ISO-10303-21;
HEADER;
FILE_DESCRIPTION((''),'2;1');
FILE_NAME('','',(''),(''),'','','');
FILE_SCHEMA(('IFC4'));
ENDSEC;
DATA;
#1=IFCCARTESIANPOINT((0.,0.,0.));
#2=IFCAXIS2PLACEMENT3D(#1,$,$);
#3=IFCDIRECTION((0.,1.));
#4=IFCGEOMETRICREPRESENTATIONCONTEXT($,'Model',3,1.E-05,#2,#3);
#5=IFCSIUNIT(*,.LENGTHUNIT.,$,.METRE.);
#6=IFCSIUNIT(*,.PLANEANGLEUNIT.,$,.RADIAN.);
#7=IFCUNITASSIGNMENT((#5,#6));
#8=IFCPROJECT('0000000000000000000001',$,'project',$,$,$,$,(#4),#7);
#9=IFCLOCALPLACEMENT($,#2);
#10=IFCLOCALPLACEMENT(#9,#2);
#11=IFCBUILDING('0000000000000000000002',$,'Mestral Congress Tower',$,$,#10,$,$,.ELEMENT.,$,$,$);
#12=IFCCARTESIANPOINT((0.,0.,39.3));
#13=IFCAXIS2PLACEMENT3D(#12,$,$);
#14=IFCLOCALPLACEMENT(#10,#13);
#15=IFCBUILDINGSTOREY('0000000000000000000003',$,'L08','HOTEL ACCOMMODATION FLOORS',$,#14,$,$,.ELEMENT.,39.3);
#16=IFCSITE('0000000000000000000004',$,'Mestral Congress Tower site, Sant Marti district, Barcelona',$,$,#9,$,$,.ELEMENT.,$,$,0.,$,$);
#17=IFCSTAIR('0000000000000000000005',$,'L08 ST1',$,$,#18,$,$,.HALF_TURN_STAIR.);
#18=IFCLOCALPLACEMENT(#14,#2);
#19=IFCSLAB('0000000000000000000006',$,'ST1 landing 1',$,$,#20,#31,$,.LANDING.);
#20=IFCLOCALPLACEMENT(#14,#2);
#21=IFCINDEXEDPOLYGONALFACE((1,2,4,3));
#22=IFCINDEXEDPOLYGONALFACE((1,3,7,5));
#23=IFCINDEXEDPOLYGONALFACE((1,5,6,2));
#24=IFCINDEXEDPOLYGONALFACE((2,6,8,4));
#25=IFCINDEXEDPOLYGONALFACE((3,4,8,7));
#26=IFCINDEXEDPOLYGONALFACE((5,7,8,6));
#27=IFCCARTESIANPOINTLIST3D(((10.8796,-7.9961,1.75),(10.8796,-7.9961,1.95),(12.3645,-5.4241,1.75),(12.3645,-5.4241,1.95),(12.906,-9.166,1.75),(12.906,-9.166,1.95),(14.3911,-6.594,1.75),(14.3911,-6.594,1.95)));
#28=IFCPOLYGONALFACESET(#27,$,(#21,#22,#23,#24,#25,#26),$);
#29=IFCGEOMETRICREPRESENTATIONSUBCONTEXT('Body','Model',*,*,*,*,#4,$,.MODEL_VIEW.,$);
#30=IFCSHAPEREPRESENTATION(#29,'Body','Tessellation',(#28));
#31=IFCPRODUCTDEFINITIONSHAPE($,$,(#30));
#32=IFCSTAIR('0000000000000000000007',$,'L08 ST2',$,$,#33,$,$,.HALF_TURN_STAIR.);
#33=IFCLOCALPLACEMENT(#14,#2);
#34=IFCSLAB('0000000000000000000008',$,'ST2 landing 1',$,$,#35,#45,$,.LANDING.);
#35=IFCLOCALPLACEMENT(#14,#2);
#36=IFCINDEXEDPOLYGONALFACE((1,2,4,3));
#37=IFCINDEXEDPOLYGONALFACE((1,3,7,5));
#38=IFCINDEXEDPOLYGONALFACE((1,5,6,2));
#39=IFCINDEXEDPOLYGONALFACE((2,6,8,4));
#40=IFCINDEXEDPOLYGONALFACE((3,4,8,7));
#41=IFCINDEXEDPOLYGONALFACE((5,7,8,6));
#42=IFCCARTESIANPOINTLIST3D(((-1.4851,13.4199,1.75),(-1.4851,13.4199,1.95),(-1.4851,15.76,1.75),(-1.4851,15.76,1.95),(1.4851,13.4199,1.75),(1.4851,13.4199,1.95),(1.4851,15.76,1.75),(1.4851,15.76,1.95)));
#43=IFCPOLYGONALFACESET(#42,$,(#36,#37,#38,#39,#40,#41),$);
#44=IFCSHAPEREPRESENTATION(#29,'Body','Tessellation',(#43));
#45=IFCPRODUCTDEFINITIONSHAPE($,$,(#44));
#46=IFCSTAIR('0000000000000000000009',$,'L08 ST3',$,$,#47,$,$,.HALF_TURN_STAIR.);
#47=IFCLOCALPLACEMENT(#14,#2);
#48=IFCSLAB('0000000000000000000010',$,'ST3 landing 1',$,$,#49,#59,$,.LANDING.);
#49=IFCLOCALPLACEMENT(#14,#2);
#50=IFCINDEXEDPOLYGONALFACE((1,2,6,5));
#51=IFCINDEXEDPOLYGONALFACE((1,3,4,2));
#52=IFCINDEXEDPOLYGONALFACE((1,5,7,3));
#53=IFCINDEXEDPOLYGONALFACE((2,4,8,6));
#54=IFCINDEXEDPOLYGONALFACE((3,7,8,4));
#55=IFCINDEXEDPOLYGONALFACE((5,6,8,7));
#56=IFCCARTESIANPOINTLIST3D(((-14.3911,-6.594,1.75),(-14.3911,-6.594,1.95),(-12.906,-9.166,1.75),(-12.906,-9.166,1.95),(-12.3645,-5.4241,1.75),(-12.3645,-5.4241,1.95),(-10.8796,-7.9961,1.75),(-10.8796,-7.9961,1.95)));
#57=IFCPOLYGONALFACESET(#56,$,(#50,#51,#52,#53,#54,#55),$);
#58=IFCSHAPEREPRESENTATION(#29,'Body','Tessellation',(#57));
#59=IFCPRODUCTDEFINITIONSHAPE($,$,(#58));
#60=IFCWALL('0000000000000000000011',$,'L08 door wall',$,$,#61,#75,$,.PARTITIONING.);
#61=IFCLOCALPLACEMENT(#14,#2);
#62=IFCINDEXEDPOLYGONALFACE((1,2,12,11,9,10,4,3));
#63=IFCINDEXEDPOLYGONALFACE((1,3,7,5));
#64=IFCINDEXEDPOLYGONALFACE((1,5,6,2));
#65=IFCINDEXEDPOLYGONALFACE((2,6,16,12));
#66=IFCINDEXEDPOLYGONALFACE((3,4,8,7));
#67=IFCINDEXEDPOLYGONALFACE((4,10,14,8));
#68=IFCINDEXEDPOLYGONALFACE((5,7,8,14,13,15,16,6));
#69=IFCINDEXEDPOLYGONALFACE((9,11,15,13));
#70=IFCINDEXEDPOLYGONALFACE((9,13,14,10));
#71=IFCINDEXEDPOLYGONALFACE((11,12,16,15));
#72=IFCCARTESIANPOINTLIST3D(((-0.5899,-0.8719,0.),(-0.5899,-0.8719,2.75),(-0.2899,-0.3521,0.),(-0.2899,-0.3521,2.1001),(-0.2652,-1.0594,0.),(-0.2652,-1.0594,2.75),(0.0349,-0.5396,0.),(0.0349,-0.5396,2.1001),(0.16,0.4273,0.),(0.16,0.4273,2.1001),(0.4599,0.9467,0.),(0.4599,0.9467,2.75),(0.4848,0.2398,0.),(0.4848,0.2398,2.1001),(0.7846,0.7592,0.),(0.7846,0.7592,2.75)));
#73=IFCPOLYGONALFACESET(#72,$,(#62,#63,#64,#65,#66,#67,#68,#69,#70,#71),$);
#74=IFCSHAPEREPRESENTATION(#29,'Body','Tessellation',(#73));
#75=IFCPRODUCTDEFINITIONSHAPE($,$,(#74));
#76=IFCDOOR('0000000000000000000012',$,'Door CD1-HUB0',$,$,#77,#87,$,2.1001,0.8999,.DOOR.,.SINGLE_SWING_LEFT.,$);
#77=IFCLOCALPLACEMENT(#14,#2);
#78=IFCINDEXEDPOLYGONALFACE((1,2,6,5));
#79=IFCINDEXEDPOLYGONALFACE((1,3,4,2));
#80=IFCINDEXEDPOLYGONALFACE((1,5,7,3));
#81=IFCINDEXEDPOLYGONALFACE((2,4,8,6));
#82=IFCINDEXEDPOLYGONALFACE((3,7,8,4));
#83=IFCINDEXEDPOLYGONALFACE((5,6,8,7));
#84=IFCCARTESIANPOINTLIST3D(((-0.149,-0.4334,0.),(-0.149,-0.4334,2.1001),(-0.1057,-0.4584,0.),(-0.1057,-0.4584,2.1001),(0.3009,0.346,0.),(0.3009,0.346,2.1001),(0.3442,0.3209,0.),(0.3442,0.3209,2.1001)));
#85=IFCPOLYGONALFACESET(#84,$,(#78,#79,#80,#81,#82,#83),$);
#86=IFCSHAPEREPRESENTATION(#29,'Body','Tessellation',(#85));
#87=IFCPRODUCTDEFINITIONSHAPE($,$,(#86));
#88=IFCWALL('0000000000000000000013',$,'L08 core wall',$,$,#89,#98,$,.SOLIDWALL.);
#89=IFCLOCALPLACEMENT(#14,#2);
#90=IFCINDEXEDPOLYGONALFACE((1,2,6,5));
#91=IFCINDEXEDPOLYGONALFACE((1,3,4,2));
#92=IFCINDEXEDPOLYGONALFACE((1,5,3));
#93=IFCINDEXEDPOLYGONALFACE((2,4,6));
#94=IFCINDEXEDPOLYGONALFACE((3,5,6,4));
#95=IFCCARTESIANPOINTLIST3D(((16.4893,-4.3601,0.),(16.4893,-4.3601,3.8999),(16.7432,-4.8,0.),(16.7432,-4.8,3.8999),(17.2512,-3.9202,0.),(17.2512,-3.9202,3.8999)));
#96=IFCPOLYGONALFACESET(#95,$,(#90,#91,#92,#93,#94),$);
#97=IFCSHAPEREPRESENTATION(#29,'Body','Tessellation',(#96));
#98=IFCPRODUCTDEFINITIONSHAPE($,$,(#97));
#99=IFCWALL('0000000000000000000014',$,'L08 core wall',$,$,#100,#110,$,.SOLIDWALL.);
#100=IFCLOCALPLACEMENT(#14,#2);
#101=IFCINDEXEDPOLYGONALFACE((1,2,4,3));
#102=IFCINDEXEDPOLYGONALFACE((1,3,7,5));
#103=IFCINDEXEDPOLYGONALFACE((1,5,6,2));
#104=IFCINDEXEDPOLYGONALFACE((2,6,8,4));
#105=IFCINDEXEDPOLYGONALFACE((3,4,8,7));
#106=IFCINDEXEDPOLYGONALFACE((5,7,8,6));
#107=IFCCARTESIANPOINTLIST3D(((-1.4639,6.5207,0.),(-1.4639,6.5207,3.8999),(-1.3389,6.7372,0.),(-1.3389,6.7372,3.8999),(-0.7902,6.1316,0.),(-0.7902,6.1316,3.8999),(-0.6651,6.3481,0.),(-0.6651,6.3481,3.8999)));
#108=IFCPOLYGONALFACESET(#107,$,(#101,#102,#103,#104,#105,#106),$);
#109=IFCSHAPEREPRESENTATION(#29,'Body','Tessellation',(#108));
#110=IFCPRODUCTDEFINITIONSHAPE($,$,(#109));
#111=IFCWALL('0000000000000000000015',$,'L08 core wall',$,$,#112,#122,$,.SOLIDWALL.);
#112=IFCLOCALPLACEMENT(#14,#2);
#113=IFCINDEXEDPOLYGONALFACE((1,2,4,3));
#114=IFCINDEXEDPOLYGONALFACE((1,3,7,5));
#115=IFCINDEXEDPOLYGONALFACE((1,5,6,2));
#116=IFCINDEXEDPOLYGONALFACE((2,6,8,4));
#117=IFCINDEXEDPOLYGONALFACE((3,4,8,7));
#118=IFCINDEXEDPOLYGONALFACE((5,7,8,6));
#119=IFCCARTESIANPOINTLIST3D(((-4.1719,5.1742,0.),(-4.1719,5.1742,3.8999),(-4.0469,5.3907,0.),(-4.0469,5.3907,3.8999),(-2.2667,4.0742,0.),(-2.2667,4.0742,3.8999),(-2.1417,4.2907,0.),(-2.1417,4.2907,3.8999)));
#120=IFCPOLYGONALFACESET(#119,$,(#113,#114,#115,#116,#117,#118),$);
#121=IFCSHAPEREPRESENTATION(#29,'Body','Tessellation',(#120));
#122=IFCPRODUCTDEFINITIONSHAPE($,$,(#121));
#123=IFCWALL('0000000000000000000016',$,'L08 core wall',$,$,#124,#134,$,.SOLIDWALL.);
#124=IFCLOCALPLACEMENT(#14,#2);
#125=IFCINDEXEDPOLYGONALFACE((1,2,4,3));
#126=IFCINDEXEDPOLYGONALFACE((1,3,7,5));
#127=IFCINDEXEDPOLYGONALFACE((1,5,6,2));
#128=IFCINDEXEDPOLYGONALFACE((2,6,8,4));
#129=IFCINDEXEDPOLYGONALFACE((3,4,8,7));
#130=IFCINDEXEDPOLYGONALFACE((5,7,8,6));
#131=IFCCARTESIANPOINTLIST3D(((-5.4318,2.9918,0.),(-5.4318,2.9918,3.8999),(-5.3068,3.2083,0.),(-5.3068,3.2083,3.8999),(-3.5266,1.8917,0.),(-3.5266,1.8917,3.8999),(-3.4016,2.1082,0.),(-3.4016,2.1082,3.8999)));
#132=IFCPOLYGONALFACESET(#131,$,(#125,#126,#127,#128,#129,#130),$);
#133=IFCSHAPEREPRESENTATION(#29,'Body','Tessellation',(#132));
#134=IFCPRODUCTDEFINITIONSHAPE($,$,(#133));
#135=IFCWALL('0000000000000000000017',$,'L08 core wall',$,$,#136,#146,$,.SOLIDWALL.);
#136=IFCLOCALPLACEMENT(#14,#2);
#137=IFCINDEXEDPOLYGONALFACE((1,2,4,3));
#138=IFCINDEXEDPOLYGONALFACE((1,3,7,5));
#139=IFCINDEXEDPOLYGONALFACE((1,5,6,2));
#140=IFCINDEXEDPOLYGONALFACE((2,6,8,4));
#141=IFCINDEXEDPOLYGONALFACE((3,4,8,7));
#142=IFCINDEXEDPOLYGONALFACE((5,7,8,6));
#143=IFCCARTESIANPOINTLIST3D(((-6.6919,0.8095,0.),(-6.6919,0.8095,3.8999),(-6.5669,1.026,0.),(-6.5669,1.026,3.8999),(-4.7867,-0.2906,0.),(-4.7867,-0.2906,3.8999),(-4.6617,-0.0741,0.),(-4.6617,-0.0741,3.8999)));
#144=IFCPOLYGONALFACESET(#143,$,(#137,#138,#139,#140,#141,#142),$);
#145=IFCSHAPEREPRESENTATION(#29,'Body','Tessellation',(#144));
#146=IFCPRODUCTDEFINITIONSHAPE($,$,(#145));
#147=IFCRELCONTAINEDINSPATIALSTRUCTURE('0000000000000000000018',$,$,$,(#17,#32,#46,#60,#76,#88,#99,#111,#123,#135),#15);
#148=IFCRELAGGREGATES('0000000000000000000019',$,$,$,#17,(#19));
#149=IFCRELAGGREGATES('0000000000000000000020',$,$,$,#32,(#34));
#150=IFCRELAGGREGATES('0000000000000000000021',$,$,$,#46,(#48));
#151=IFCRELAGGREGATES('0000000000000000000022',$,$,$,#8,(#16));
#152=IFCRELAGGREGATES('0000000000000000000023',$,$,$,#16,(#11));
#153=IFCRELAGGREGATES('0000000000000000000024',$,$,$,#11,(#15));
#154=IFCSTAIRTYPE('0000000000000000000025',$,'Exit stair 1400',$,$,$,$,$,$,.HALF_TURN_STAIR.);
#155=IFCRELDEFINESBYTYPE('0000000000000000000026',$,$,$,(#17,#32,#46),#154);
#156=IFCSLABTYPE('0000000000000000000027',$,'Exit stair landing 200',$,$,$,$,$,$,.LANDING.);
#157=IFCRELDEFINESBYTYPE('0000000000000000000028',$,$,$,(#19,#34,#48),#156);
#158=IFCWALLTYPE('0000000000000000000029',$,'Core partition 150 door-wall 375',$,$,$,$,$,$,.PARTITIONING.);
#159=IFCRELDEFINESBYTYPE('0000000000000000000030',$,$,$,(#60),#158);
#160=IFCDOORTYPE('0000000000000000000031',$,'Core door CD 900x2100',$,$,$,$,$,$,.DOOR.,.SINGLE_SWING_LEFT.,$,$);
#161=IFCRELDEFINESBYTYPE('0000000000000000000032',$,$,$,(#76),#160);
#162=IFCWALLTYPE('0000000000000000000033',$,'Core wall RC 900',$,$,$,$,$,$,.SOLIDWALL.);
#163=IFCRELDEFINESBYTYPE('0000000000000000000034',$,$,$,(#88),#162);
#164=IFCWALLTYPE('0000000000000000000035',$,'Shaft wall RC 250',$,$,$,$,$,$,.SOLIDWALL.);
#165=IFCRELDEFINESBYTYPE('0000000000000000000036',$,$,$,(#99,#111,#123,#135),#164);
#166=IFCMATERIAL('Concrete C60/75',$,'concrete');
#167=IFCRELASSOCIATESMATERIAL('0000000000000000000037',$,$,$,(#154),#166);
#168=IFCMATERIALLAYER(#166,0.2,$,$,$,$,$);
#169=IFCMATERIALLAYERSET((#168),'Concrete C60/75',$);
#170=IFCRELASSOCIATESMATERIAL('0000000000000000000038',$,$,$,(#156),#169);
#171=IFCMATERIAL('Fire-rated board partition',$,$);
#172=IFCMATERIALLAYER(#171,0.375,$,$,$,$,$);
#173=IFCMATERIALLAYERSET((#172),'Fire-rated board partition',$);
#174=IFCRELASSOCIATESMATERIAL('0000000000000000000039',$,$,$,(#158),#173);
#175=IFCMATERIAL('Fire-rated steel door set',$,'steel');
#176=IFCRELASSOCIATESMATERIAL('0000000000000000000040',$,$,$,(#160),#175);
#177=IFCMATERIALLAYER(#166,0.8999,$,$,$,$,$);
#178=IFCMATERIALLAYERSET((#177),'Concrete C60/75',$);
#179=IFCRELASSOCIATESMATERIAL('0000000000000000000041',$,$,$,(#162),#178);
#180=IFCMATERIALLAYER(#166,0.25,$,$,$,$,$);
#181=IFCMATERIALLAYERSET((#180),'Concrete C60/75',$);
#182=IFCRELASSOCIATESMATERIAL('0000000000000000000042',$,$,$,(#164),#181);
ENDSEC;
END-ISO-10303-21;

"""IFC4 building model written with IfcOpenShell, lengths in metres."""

from ifc_helpers import new_model, si_unit, direction, frame, frame_2d, origin, place, context, subcontext, project, spatial, polyline, rectangle, outline, extrude, material, layer, layer_set, type_object, element, fill, aggregate, save


model = new_model("IFC4")

# Units and contexts
model_context = context("Model", 3, precision=1e-05, world=origin(), true_north=direction((0.0, 1.0)))
body_context = subcontext(model_context, "Body", "Model", "MODEL_VIEW")
ifc_project = project(units=[si_unit("LENGTHUNIT", "METRE"), si_unit("PLANEANGLEUNIT", "RADIAN")], contexts=[model_context])

# Site, building, storey
site_placement = place(None, origin())
site = spatial("IfcSite", under=ifc_project, at=site_placement, Name="Mestral Congress Tower site, Sant Marti district, Barcelona", CompositionType="ELEMENT", RefElevation=0.0)
building_placement = place(site_placement, origin())
building = spatial("IfcBuilding", under=site, at=building_placement, Name="Mestral Congress Tower", CompositionType="ELEMENT")
storey_placement = place(building_placement, frame((0.0, 0.0, 39.3)))
storey = spatial("IfcBuildingStorey", under=building, at=storey_placement, Name="L08", Description="HOTEL ACCOMMODATION FLOORS", CompositionType="ELEMENT", Elevation=39.3)

# Shared definitions
ifc_material_1 = material(Name="Concrete C60/75", Category="concrete")

# Stairs, slabs
stair_type = type_object("IfcStairType", Name="Exit stair 1400", PredefinedType="HALF_TURN_STAIR", material=ifc_material_1)
placement_1 = place(storey_placement, origin())
stair_1 = element("IfcStair", 1, at=placement_1, inside=storey, type_object=stair_type, Name="L08 ST1", PredefinedType="HALF_TURN_STAIR")
ifc_layer_1 = layer(ifc_material_1, 0.2)
ifc_layer_set_1 = layer_set([ifc_layer_1], Name="Concrete C60/75")
slab_type_1 = type_object("IfcSlabType", Name="Exit stair landing 200", PredefinedType="LANDING", material=ifc_layer_set_1)
placement_2 = place(storey_placement, frame((0.0, 0.0, 1.75)))
slab_1 = element("IfcSlab", 2, at=placement_2, type_object=slab_type_1, Name="ST1 landing 1", PredefinedType="LANDING", context=body_context, shape_type="SweptSolid", body=[
    extrude(outline(polyline([(10.8796, -7.9961), (12.3645, -5.4241), (14.3911, -6.594), (12.906, -9.166), (10.8796, -7.9961)])), origin(), (0.0, 0.0, 1.0), 0.2),
])
aggregate(stair_1, [slab_1])
stair_2 = element("IfcStair", 3, at=placement_1, inside=storey, type_object=stair_type, Name="L08 ST2", PredefinedType="HALF_TURN_STAIR")
slab_2 = element("IfcSlab", 4, at=placement_2, type_object=slab_type_1, Name="ST2 landing 1", PredefinedType="LANDING", context=body_context, shape_type="SweptSolid", body=[
    extrude(outline(polyline([(1.4851, 13.4199), (-1.4851, 13.4199), (-1.4851, 15.76), (1.4851, 15.76), (1.4851, 13.4199)])), origin(), (0.0, 0.0, 1.0), 0.2),
])
aggregate(stair_2, [slab_2])
stair_3 = element("IfcStair", 5, at=placement_1, inside=storey, type_object=stair_type, Name="L08 ST3", PredefinedType="HALF_TURN_STAIR")
slab_3 = element("IfcSlab", 6, at=placement_2, type_object=slab_type_1, Name="ST3 landing 1", PredefinedType="LANDING", context=body_context, shape_type="SweptSolid", body=[
    extrude(outline(polyline([(-12.3645, -5.4241), (-10.8796, -7.9961), (-12.906, -9.166), (-14.3911, -6.594), (-12.3645, -5.4241)])), origin(), (0.0, 0.0, 1.0), 0.2),
])
aggregate(stair_3, [slab_3])

# Wall, opening, door
ifc_material_2 = material(Name="Fire-rated board partition")
ifc_layer_2 = layer(ifc_material_2, 0.375)
ifc_layer_set_2 = layer_set([ifc_layer_2], Name="Fire-rated board partition")
wall_type_1 = type_object("IfcWallType", Name="Core partition 150 door-wall 375", PredefinedType="PARTITIONING", material=ifc_layer_set_2)
wall_1_placement = place(storey_placement, frame((-0.4275, -0.9656, 0.0), z_axis=(0.0, 0.0, 1.0), x_axis=(0.499941, 0.86606, 0.0)))
wall_1 = element("IfcWall", 7, at=wall_1_placement, inside=storey, type_object=wall_type_1, Name="L08 door wall", PredefinedType="PARTITIONING", context=body_context, shape_type="SweptSolid", body=[
    extrude(rectangle(XDim=2.0999, YDim=0.375, at=frame_2d((1.0498, 0.0))), origin(), (0.0, 0.0, 1.0), 2.75),
])
opening_1_placement = place(wall_1_placement, frame((0.6001, 0.0, 0.0)))
opening_1 = element("IfcOpeningElement", 8, at=opening_1_placement, cuts=wall_1, PredefinedType="OPENING", context=body_context, shape_type="SweptSolid", body=[
    extrude(rectangle(XDim=0.8999, YDim=2.1001, at=frame_2d((0.45, 1.05))), frame((0.0, 0.1975, 0.0), z_axis=(0.0, -1.0, 0.0), x_axis=(1.0, 0.0, 0.0)), (0.0, 0.0, 1.0), 0.395),
])
ifc_material_3 = material(Name="Fire-rated steel door set", Category="steel")
door_type_1 = type_object("IfcDoorType", Name="Core door CD 900x2100", OperationType="SINGLE_SWING_LEFT", PredefinedType="DOOR", material=ifc_material_3)
door_1_placement = place(opening_1_placement, origin())
door_1 = element("IfcDoor", 9, at=door_1_placement, inside=storey, type_object=door_type_1, Name="Door CD1-HUB0", OperationType="SINGLE_SWING_LEFT", OverallHeight=2.1001, OverallWidth=0.8999, PredefinedType="DOOR", context=body_context, shape_type="SweptSolid", body=[
    extrude(rectangle(XDim=0.8999, YDim=2.1001, at=frame_2d((0.45, 1.05))), frame((0.0, 0.0249, 0.0), z_axis=(0.0, -1.0, 0.0), x_axis=(1.0, 0.0, 0.0)), (0.0, 0.0, 1.0), 0.05),
])
fill(opening_1, door_1)

# Walls
ifc_layer_3 = layer(ifc_material_1, 0.8999)
ifc_layer_set_3 = layer_set([ifc_layer_3], Name="Concrete C60/75")
wall_type_2 = type_object("IfcWallType", Name="Core wall RC 900", PredefinedType="SOLIDWALL", material=ifc_layer_set_3)
element("IfcWall", 10, at=placement_1, inside=storey, type_object=wall_type_2, Name="L08 core wall", PredefinedType="SOLIDWALL", context=body_context, shape_type="SweptSolid", body=[
    extrude(outline(polyline([(16.7432, -4.8), (16.4893, -4.3601), (17.2512, -3.9202), (16.7432, -4.8)])), origin(), (0.0, 0.0, 1.0), 3.8999),
])
ifc_layer_4 = layer(ifc_material_1, 0.25)
ifc_layer_set_4 = layer_set([ifc_layer_4], Name="Concrete C60/75")
wall_type_3 = type_object("IfcWallType", Name="Shaft wall RC 250", PredefinedType="SOLIDWALL", material=ifc_layer_set_4)
wall_2_placement = place(storey_placement, frame((-0.7275, 6.2397, 0.0), z_axis=(0.0, 0.0, 1.0), x_axis=(-0.865956, 0.500121, 0.0)))
element("IfcWall", 11, at=wall_2_placement, inside=storey, type_object=wall_type_3, Name="L08 core wall", PredefinedType="SOLIDWALL", context=body_context, shape_type="SweptSolid", body=[
    extrude(rectangle(XDim=0.7781, YDim=0.25, at=frame_2d((0.3892, 0.0))), origin(), (0.0, 0.0, 1.0), 3.8999),
])
for number, where, z_axis, x_axis, name in (
    (12, (-2.2041, 4.1824, 0.0), (0.0, 0.0, 1.0), (-0.866008, 0.50003, 0.0), "L08 core wall"),
    (13, (-5.3694, 3.1001, 0.0), (0.0, 0.0, 1.0), (0.866008, -0.50003, 0.0), "L08 core wall"),
    (14, (-4.7241, -0.1824, 0.0), (0.0, 0.0, 1.0), (-0.866008, 0.50003, 0.0), "L08 core wall"),
):
    element("IfcWall", number, at=place(storey_placement, frame(where, z_axis=z_axis, x_axis=x_axis)), inside=storey, type_object=wall_type_3, Name=name, PredefinedType="SOLIDWALL", context=body_context, shape_type="SweptSolid", body=[
        extrude(rectangle(XDim=2.2, YDim=0.25, at=frame_2d((1.1001, 0.0))), origin(), (0.0, 0.0, 1.0), 3.8999),
    ])

save(model, "model.ifc")
